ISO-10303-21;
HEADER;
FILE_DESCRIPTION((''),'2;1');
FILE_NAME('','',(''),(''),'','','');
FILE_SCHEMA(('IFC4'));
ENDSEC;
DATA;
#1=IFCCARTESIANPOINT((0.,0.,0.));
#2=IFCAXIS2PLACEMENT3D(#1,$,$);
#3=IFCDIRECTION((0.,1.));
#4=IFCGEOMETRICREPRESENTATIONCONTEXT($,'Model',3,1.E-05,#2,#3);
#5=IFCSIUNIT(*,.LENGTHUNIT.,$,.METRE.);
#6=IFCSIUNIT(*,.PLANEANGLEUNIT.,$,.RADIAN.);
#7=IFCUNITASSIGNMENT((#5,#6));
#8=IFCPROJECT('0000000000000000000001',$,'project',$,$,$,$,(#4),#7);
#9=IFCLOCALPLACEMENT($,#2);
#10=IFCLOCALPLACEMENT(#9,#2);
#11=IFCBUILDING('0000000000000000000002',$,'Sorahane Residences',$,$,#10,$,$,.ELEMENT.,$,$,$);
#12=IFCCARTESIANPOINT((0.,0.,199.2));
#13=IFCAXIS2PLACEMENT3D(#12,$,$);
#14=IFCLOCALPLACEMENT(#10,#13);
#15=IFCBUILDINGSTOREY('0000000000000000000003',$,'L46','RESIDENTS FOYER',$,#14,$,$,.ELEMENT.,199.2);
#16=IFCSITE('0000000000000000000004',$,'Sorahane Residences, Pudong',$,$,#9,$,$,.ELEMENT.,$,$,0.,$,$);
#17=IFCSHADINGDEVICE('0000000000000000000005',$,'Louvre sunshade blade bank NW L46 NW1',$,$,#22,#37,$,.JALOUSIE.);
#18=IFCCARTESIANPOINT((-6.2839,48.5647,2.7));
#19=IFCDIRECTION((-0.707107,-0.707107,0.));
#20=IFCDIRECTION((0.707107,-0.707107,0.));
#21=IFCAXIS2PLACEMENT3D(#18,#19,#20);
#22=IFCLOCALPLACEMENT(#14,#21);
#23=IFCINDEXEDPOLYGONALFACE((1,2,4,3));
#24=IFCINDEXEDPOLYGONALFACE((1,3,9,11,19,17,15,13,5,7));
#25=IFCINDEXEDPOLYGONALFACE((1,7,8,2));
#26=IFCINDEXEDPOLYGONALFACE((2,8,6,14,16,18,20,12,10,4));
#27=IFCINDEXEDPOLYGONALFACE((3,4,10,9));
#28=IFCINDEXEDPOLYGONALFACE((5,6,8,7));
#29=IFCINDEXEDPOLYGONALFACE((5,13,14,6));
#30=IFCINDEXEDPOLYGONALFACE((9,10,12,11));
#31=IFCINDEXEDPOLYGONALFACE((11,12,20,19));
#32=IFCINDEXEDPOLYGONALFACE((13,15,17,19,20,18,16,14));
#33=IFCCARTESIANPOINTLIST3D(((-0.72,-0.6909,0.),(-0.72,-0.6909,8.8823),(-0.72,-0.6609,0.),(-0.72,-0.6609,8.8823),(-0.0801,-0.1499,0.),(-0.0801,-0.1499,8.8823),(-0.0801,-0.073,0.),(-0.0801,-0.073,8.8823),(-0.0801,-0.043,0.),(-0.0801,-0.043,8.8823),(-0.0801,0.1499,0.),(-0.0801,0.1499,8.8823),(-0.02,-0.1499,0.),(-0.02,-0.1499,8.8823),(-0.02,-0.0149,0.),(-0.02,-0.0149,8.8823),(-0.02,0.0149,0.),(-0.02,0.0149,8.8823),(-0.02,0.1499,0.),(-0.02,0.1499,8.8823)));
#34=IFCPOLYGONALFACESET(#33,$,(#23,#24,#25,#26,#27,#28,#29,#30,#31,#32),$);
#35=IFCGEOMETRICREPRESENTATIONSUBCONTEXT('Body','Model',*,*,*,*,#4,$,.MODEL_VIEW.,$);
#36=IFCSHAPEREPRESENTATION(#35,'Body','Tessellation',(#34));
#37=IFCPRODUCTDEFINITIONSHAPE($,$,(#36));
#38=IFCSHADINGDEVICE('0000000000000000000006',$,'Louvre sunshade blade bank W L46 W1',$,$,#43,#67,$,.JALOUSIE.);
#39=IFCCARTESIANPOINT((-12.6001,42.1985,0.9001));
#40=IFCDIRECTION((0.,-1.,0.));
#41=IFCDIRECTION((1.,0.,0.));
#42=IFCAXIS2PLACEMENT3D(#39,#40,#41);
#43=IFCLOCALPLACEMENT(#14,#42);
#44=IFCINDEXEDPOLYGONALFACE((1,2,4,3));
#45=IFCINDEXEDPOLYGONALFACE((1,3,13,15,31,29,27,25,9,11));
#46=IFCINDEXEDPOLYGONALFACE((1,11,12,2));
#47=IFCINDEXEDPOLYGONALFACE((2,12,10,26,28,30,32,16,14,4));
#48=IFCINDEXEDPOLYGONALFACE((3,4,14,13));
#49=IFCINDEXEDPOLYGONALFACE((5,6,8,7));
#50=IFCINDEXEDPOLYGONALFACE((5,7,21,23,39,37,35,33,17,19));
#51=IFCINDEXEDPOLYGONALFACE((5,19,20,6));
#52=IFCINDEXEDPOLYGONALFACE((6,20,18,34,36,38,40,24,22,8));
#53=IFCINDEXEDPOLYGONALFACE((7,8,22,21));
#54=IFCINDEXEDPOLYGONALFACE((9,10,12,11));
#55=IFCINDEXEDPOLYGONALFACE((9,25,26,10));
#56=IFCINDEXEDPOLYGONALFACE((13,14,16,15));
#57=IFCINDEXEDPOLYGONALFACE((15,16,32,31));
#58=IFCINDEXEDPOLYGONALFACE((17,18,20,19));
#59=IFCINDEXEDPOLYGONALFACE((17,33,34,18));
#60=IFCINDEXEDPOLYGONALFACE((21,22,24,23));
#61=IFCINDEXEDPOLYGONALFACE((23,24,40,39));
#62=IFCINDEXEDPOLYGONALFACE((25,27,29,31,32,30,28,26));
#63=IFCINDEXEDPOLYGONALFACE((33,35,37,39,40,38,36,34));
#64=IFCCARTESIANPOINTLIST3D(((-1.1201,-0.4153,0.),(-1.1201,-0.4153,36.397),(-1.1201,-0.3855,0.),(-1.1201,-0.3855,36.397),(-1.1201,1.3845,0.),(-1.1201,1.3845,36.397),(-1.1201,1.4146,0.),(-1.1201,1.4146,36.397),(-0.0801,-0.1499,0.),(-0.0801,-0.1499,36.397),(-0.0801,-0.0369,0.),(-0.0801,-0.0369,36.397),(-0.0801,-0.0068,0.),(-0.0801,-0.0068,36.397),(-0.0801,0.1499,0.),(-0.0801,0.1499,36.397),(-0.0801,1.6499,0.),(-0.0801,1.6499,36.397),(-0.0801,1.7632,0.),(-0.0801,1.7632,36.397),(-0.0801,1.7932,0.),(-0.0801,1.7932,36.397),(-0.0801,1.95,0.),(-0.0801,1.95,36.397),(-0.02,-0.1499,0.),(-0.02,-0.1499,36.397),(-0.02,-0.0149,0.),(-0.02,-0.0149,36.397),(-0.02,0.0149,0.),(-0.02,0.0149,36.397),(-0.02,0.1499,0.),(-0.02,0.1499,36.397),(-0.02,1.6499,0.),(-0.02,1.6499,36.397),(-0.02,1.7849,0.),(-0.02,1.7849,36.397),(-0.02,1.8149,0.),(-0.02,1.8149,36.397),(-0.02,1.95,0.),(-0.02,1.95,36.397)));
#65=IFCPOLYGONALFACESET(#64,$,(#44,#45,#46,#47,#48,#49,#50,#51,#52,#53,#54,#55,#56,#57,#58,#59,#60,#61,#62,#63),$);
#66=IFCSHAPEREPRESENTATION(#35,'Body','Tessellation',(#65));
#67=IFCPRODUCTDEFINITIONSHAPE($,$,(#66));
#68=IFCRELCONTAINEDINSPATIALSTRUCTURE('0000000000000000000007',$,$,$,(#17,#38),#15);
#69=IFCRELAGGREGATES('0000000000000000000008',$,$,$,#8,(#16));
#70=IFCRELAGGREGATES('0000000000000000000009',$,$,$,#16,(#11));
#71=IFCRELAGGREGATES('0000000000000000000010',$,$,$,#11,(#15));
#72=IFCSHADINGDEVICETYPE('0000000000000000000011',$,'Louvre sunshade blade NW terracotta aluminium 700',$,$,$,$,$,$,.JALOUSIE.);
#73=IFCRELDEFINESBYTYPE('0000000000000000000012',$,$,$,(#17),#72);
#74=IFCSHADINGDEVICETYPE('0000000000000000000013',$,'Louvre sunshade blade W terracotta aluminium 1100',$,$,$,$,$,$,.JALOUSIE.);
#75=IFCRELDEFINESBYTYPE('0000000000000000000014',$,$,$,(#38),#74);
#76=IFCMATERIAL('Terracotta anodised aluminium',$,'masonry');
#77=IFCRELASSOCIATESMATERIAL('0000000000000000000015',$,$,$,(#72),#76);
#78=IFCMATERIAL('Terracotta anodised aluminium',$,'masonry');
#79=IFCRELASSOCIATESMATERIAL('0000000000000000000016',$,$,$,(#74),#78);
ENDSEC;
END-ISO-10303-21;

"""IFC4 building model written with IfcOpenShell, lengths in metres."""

from ifc_helpers import new_model, si_unit, direction, frame, origin, place, context, subcontext, project, spatial, polyline, outline, composite_profile, extrude, material, type_object, element, save


model = new_model("IFC4")

# Units and contexts
model_context = context("Model", 3, precision=1e-05, world=origin(), true_north=direction((0.0, 1.0)))
body_context = subcontext(model_context, "Body", "Model", "MODEL_VIEW")
ifc_project = project(units=[si_unit("LENGTHUNIT", "METRE"), si_unit("PLANEANGLEUNIT", "RADIAN")], contexts=[model_context])

# Site, building, storey
site_placement = place(None, origin())
site = spatial("IfcSite", under=ifc_project, at=site_placement, Name="Sorahane Residences, Pudong", CompositionType="ELEMENT", RefElevation=0.0)
building_placement = place(site_placement, origin())
building = spatial("IfcBuilding", under=site, at=building_placement, Name="Sorahane Residences", CompositionType="ELEMENT")
storey_placement = place(building_placement, frame((0.0, 0.0, 199.2)))
storey = spatial("IfcBuildingStorey", under=building, at=storey_placement, Name="L46", Description="RESIDENTS FOYER", CompositionType="ELEMENT", Elevation=199.2)

# Shading devices
ifc_material_1 = material(Name="Terracotta anodised aluminium", Category="masonry")
shading_device_type_1 = type_object("IfcShadingDeviceType", Name="Louvre sunshade blade NW terracotta aluminium 700", PredefinedType="JALOUSIE", material=ifc_material_1)
shading_device_1_placement = place(storey_placement, frame((-6.2839, 48.5647, 2.7), z_axis=(-0.707107, -0.707107, 0.0), x_axis=(0.707107, -0.707107, 0.0)))
element("IfcShadingDevice", 1, at=shading_device_1_placement, inside=storey, type_object=shading_device_type_1, Name="Louvre sunshade blade bank NW L46 NW1", PredefinedType="JALOUSIE", context=body_context, shape_type="SweptSolid", body=[
    extrude(outline(polyline([(-0.72, -0.6609), (-0.72, -0.6909), (-0.0801, -0.073), (-0.0801, -0.1499), (-0.02, -0.1499), (-0.02, -0.0149), (-0.02, 0.0149), (-0.02, 0.1499), (-0.0801, 0.1499), (-0.0801, -0.043), (-0.72, -0.6609)])), origin(), (0.0, 0.0, 1.0), 8.8823),
])
ifc_material_2 = material(Name="Terracotta anodised aluminium", Category="masonry")
shading_device_type_2 = type_object("IfcShadingDeviceType", Name="Louvre sunshade blade W terracotta aluminium 1100", PredefinedType="JALOUSIE", material=ifc_material_2)
shading_device_2_placement = place(storey_placement, frame((-12.6001, 42.1985, 0.9001), z_axis=(0.0, -1.0, 0.0), x_axis=(1.0, 0.0, 0.0)))
element("IfcShadingDevice", 2, at=shading_device_2_placement, inside=storey, type_object=shading_device_type_2, Name="Louvre sunshade blade bank W L46 W1", PredefinedType="JALOUSIE", context=body_context, shape_type="SweptSolid", body=[
    extrude(composite_profile([outline(polyline([(-1.1201, -0.3855), (-1.1201, -0.4153), (-0.0801, -0.0369), (-0.0801, -0.1499), (-0.02, -0.1499), (-0.02, -0.0149), (-0.02, 0.0149), (-0.02, 0.1499), (-0.0801, 0.1499), (-0.0801, -0.0068), (-1.1201, -0.3855)])), outline(polyline([(-1.1201, 1.4146), (-1.1201, 1.3845), (-0.0801, 1.7632), (-0.0801, 1.6499), (-0.02, 1.6499), (-0.02, 1.7849), (-0.02, 1.8149), (-0.02, 1.95), (-0.0801, 1.95), (-0.0801, 1.7932), (-1.1201, 1.4146)]))]), origin(), (0.0, 0.0, 1.0), 36.397),
])

save(model, "model.ifc")
